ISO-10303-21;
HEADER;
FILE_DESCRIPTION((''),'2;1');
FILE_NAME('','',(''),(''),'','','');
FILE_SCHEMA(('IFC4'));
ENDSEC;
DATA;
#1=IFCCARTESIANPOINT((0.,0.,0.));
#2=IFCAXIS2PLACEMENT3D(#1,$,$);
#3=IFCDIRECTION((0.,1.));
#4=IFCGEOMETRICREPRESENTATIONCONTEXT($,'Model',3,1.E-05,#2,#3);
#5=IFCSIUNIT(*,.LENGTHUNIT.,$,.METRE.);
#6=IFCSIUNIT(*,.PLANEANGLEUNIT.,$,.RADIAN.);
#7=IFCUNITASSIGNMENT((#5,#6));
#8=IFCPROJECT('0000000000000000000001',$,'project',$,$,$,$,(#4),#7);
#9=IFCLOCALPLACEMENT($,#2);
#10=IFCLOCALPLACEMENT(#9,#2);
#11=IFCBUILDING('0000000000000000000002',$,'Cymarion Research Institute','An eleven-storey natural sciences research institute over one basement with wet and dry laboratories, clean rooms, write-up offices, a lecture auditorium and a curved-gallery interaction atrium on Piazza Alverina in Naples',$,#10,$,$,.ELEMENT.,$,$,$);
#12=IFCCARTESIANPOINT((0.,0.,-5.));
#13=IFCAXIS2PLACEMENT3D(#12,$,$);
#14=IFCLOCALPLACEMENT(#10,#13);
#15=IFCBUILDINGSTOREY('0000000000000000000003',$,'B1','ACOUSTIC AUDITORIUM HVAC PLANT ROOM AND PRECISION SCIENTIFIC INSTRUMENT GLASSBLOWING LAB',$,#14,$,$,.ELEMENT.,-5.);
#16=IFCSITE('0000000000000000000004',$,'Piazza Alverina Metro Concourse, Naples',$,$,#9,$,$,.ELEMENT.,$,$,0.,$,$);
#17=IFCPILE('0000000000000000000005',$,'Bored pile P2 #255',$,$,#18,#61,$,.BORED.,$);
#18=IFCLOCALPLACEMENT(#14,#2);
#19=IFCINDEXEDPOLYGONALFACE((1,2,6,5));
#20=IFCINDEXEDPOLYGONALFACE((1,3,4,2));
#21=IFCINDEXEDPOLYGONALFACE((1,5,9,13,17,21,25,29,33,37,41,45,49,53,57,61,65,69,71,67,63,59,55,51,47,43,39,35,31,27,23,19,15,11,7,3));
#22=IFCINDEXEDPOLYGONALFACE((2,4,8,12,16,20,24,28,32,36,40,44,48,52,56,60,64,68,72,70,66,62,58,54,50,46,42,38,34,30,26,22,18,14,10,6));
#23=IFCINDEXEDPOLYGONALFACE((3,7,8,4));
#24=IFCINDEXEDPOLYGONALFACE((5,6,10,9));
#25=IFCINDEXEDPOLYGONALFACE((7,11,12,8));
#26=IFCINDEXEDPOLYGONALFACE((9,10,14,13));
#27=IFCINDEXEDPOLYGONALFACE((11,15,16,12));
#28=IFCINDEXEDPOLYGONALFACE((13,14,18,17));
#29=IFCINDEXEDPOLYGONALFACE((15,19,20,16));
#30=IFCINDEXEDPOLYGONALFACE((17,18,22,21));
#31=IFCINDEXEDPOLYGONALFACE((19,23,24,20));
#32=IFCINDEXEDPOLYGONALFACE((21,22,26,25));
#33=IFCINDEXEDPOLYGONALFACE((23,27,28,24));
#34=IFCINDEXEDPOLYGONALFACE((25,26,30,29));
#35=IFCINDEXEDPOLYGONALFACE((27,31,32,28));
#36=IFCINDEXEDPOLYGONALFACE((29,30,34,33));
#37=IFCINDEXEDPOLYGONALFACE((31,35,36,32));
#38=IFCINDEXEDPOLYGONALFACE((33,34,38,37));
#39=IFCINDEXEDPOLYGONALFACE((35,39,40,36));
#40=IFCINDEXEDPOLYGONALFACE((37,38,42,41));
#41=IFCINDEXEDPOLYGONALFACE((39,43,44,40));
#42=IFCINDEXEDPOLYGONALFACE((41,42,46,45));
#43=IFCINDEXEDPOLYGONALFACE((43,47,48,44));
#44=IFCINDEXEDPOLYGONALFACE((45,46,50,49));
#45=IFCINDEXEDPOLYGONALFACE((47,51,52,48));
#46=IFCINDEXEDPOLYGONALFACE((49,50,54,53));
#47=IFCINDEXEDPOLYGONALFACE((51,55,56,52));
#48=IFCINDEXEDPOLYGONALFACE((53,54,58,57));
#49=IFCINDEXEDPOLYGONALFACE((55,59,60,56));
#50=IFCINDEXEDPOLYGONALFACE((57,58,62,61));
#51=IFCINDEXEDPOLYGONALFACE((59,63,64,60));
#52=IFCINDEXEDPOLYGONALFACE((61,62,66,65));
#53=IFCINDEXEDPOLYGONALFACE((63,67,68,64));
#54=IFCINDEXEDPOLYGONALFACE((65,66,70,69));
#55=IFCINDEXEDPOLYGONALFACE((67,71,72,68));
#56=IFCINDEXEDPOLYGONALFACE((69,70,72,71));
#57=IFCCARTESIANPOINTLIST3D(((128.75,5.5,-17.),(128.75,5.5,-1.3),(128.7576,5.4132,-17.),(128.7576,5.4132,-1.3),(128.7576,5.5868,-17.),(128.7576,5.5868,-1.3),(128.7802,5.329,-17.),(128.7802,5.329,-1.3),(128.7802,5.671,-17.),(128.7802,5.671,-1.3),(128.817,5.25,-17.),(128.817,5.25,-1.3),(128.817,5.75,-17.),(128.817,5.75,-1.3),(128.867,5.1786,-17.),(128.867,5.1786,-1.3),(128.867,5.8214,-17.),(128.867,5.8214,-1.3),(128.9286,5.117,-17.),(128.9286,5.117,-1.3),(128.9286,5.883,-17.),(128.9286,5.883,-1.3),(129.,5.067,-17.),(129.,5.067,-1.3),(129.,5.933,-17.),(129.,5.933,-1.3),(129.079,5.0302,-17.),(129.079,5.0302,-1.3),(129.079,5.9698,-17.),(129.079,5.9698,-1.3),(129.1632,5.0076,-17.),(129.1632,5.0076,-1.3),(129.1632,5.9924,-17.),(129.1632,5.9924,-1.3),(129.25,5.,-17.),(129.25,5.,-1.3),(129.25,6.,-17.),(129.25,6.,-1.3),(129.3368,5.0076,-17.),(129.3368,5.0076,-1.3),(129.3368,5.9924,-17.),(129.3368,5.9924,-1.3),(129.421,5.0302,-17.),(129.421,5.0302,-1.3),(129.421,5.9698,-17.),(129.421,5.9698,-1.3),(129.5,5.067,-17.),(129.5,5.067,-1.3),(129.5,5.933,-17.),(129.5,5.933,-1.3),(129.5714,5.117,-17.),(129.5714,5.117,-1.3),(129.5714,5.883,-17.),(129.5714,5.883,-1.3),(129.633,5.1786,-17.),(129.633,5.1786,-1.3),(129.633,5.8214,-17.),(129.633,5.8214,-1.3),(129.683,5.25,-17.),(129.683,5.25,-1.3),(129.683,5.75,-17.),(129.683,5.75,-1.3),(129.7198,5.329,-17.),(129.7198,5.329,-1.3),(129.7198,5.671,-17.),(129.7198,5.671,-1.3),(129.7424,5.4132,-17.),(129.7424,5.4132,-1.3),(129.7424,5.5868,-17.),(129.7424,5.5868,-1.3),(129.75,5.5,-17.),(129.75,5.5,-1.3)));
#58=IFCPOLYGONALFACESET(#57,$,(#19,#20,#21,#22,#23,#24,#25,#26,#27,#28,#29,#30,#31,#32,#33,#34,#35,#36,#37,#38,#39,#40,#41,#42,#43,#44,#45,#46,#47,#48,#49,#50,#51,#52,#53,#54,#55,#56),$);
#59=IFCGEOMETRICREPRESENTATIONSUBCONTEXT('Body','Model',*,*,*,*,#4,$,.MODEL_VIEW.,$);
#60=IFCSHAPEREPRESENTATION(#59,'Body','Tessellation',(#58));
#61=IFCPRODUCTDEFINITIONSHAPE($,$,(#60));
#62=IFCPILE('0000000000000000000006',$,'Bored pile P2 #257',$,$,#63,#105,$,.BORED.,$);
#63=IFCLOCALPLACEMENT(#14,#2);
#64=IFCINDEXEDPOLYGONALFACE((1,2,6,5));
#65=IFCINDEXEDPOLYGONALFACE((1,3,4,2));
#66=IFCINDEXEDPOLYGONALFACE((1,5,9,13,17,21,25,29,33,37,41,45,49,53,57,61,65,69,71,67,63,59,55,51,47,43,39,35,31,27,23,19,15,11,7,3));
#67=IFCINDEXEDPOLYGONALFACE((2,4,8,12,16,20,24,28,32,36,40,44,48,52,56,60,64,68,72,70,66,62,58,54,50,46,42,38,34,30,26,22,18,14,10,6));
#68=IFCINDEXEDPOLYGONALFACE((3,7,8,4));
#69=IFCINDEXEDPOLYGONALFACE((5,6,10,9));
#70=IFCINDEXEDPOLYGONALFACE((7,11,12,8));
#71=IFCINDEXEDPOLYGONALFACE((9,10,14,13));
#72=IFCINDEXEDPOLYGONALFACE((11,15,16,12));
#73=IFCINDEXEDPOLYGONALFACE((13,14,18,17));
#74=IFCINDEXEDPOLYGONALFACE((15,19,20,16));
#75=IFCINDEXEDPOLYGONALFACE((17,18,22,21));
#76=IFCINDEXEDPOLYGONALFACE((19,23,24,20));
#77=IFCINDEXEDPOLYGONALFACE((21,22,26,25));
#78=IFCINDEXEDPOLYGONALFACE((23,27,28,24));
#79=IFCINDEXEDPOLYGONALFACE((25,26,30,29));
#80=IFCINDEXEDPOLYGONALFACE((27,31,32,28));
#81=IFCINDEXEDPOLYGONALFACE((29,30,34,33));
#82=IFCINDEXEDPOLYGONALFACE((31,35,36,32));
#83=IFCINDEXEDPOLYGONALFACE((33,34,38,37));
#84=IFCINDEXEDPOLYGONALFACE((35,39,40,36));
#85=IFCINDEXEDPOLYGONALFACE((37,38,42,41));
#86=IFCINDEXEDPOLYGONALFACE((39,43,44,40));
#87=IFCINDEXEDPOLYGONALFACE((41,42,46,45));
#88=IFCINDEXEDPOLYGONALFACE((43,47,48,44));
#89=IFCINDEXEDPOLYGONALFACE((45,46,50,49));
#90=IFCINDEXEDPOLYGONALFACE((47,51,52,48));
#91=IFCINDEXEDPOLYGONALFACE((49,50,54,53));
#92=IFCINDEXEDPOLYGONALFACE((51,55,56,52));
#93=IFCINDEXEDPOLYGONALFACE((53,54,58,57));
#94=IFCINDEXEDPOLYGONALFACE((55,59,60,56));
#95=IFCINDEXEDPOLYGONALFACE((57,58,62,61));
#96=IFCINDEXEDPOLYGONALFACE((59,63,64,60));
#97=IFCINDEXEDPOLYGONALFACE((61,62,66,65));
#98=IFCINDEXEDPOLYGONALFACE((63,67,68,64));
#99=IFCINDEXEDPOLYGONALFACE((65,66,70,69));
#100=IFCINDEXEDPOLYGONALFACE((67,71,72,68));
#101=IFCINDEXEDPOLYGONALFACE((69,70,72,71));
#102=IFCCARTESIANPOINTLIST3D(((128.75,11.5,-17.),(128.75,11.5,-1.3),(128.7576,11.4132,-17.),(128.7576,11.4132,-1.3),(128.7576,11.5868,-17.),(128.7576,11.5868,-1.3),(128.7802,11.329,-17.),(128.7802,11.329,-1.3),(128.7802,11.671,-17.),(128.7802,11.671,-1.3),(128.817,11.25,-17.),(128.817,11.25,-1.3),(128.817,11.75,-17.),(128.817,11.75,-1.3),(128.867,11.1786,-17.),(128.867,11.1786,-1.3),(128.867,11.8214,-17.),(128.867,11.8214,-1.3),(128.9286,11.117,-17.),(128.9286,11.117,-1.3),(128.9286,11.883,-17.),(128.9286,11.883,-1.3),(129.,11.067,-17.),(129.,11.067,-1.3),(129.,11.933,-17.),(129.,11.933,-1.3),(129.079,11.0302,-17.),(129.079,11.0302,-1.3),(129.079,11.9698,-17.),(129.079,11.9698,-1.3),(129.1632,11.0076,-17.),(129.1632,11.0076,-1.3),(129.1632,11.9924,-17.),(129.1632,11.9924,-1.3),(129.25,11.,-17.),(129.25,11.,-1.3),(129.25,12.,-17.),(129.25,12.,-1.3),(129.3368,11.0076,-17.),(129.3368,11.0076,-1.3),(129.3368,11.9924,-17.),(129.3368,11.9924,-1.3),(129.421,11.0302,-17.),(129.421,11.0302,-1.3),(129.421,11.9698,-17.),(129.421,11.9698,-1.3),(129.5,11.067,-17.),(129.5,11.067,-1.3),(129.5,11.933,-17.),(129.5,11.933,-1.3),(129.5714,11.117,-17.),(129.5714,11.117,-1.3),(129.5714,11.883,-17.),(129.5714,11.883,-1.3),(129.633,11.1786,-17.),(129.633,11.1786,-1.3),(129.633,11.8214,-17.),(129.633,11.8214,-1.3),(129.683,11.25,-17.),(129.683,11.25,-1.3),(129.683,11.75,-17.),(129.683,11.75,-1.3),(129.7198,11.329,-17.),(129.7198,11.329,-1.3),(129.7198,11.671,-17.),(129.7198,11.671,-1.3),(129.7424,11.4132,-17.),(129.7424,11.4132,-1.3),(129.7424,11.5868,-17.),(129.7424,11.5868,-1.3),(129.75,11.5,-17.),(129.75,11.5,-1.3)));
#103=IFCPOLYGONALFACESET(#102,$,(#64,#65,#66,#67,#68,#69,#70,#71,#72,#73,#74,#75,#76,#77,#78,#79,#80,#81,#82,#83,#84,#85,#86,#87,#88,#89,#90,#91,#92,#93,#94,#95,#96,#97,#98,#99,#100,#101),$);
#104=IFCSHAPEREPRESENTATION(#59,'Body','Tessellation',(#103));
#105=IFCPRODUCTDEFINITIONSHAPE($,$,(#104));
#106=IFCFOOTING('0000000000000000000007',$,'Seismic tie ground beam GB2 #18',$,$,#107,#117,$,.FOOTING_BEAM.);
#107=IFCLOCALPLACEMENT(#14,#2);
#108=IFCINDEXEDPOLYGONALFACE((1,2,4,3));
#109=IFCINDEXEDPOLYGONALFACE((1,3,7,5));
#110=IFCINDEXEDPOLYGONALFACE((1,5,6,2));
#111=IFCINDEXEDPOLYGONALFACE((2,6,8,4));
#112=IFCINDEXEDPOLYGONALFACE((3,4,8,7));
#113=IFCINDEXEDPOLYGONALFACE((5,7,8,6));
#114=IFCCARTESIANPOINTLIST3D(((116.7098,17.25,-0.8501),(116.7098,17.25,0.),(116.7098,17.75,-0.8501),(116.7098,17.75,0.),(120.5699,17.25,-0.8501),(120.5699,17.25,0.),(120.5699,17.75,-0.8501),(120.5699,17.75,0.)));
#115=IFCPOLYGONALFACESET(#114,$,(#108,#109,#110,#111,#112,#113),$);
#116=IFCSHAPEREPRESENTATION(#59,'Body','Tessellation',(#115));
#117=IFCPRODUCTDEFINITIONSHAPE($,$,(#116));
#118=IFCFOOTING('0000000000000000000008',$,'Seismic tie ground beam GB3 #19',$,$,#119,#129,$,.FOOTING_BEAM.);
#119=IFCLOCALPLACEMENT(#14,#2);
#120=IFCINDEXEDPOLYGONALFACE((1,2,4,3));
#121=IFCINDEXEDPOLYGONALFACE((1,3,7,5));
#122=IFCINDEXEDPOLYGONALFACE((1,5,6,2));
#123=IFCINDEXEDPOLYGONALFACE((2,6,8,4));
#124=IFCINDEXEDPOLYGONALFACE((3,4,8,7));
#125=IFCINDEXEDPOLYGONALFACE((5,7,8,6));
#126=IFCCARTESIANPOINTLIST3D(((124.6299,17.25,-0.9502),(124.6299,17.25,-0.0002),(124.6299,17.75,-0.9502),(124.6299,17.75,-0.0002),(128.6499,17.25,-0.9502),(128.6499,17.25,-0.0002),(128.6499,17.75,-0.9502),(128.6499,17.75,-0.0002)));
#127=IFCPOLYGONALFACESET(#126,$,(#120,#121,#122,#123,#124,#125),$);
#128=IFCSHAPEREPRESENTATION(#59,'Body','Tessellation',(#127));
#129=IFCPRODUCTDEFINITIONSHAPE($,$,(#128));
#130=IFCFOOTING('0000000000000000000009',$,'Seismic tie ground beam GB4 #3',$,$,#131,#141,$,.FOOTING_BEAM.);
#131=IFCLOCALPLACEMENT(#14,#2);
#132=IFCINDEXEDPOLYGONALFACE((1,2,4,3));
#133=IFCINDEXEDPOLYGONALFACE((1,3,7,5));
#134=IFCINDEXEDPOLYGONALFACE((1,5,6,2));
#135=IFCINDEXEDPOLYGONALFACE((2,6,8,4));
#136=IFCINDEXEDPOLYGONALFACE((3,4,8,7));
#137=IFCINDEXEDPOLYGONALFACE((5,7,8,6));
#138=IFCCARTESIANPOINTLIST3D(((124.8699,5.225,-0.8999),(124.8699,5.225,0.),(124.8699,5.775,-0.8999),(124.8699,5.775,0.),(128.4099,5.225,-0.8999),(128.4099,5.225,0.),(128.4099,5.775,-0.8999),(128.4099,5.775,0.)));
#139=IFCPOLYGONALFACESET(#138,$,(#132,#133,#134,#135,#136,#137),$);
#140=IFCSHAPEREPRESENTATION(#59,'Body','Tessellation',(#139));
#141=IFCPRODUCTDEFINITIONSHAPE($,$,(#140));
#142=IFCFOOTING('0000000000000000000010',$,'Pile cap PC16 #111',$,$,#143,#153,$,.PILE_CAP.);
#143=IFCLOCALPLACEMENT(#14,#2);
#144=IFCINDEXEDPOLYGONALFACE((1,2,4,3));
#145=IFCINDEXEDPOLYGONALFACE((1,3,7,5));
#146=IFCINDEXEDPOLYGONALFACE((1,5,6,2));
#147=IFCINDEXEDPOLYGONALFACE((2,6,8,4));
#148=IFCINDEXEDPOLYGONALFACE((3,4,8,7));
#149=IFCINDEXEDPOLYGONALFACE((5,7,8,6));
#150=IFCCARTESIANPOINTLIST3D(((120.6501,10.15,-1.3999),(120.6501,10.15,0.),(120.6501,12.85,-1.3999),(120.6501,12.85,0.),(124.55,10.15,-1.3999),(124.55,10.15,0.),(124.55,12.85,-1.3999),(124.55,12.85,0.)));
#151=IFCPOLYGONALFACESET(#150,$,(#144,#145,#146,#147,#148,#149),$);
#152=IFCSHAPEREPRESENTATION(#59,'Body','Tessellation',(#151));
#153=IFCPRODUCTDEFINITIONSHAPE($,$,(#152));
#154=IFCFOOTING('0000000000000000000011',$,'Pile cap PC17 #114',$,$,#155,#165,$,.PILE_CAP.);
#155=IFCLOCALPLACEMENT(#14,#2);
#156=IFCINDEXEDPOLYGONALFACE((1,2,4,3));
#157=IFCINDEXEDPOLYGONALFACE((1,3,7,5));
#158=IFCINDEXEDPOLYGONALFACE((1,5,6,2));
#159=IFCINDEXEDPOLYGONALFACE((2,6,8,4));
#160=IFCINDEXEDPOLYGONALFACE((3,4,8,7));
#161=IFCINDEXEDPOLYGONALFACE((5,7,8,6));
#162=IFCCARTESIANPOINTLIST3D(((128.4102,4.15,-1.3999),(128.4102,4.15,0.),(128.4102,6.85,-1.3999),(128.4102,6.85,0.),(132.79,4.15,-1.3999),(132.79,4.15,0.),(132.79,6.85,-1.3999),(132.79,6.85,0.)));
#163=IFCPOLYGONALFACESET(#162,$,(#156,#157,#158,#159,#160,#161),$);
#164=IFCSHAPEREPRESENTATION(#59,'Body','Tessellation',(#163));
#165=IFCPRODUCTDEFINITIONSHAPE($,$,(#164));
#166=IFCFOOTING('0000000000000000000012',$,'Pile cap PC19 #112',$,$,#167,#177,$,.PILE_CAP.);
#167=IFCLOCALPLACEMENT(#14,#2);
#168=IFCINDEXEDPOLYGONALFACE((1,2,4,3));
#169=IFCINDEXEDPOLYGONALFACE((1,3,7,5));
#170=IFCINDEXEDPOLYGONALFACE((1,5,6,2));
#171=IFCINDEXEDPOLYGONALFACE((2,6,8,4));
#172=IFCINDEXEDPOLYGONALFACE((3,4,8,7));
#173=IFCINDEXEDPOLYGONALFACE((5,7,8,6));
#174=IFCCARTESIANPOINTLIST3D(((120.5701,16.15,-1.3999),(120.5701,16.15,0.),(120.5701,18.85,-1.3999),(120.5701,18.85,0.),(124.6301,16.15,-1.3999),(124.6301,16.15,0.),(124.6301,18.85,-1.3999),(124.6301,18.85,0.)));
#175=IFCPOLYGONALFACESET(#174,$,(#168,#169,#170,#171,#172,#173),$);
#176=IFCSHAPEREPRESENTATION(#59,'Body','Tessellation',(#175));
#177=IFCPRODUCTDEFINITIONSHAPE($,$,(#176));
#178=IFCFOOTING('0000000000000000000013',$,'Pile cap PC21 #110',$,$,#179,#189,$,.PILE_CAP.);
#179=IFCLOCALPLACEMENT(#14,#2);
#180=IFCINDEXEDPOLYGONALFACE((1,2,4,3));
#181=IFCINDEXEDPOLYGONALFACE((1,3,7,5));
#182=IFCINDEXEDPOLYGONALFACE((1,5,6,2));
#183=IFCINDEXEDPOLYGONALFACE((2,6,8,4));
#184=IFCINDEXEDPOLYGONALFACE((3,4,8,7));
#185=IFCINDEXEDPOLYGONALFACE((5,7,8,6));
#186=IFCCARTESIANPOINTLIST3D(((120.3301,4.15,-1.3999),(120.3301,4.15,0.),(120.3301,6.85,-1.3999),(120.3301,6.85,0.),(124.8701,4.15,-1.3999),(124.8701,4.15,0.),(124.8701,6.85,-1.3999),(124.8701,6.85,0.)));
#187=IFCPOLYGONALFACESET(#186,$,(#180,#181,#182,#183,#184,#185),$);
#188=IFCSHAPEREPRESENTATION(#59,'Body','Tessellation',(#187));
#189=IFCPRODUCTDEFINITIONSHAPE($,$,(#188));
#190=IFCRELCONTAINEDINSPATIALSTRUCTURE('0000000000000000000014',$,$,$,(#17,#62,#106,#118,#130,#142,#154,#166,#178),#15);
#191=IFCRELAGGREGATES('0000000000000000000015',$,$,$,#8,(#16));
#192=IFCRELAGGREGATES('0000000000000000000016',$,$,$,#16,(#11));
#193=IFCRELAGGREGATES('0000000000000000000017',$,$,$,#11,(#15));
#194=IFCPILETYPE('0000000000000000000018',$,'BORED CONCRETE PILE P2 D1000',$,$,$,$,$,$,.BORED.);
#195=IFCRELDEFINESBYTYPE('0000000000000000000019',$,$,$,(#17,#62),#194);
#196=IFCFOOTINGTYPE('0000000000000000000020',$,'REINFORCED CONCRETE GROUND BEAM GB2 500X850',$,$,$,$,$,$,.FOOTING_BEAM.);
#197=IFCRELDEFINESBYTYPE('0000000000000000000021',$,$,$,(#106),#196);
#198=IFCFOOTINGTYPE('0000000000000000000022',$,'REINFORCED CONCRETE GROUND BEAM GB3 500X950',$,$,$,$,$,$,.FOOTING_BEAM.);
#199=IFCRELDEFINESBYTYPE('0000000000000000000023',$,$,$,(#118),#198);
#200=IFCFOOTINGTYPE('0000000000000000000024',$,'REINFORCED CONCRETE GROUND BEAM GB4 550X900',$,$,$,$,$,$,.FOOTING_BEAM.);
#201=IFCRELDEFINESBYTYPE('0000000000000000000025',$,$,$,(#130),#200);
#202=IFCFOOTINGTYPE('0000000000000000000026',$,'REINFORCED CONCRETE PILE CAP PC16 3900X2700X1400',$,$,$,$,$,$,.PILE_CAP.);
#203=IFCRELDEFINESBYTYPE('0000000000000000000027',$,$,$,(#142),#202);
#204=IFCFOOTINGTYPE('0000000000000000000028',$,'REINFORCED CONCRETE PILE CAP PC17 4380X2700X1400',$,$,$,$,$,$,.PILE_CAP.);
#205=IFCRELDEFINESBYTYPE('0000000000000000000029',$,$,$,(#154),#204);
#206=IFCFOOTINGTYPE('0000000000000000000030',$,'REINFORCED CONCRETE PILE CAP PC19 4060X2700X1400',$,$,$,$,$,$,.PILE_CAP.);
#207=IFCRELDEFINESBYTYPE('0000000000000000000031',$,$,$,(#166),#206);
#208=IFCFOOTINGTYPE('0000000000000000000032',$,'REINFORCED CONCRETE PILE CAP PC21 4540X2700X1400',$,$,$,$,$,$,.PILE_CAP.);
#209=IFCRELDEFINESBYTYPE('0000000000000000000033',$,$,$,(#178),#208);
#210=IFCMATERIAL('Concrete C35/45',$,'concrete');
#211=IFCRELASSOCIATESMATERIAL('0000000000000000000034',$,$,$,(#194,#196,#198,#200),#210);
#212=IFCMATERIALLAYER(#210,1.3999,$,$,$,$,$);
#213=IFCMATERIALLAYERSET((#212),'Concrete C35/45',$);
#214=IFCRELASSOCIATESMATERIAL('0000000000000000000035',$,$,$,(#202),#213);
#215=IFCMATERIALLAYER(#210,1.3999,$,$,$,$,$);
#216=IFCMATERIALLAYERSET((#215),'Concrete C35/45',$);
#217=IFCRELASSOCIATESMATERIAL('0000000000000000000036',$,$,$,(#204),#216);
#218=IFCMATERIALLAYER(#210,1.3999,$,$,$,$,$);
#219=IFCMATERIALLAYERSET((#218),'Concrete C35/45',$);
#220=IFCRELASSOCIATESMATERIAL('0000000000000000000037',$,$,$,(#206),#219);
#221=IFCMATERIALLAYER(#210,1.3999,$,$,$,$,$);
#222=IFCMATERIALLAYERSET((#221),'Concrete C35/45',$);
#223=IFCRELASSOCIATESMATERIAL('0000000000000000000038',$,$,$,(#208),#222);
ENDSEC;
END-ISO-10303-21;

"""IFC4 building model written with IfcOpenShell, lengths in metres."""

from ifc_helpers import new_model, si_unit, direction, frame, origin, origin_2d, place, context, subcontext, project, spatial, rectangle, circle, extrude, material, layer, layer_set, material_profile, profile_set, type_object, element, save


model = new_model("IFC4")

# Units and contexts
model_context = context("Model", 3, precision=1e-05, world=origin(), true_north=direction((0.0, 1.0)))
body_context = subcontext(model_context, "Body", "Model", "MODEL_VIEW")
ifc_project = project(units=[si_unit("LENGTHUNIT", "METRE"), si_unit("PLANEANGLEUNIT", "RADIAN")], contexts=[model_context])

# Site, building, storey
site_placement = place(None, origin())
site = spatial("IfcSite", under=ifc_project, at=site_placement, Name="Piazza Alverina Metro Concourse, Naples", CompositionType="ELEMENT", RefElevation=0.0)
building_placement = place(site_placement, origin())
building = spatial("IfcBuilding", under=site, at=building_placement, Name="Cymarion Research Institute", Description="An eleven-storey natural sciences research institute over one basement with wet and dry laboratories, clean rooms, write-up offices, a lecture auditorium and a curved-gallery interaction atrium on Piazza Alverina in Naples", CompositionType="ELEMENT")
storey_placement = place(building_placement, frame((0.0, 0.0, -5.0)))
storey = spatial("IfcBuildingStorey", under=building, at=storey_placement, Name="B1", Description="ACOUSTIC AUDITORIUM HVAC PLANT ROOM AND PRECISION SCIENTIFIC INSTRUMENT GLASSBLOWING LAB", CompositionType="ELEMENT", Elevation=-5.0)

# Piles
ifc_material_1 = material(Name="Concrete C35/45", Category="concrete")
ifc_material_profile_1 = material_profile(ifc_material_1, circle(Radius=0.5, at=origin_2d()), Name="BORED PILE D1000")
ifc_profile_set_1 = profile_set([ifc_material_profile_1], Name="Concrete C35/45")
pile_type = type_object("IfcPileType", Name="BORED CONCRETE PILE P2 D1000", PredefinedType="BORED", material=ifc_profile_set_1)
for number, where, z_axis, x_axis, name in (
    (1, (129.25, 5.5, -1.3), (0.0, 0.0, -1.0), (1.0, 0.0, 0.0), "Bored pile P2 #255"),
    (2, (129.25, 11.5, -1.3), (0.0, 0.0, -1.0), (1.0, 0.0, 0.0), "Bored pile P2 #257"),
):
    element("IfcPile", number, at=place(storey_placement, frame(where, z_axis=z_axis, x_axis=x_axis)), inside=storey, type_object=pile_type, Name=name, PredefinedType="BORED", context=body_context, shape_type="SweptSolid", body=[
        extrude(circle(Radius=0.5, at=origin_2d()), origin(), (0.0, 0.0, 1.0), 15.7),
    ])

# Footings
footing_type_1 = type_object("IfcFootingType", Name="REINFORCED CONCRETE GROUND BEAM GB2 500X850", PredefinedType="FOOTING_BEAM", material=ifc_material_1)
footing_1_placement = place(storey_placement, frame((118.6399, 17.5, -0.8501), z_axis=(0.0, 0.0, 1.0), x_axis=(1.0, 0.0, 0.0)))
element("IfcFooting", 3, at=footing_1_placement, inside=storey, type_object=footing_type_1, Name="Seismic tie ground beam GB2 #18", PredefinedType="FOOTING_BEAM", context=body_context, shape_type="SweptSolid", body=[
    extrude(rectangle(XDim=3.8601, YDim=0.5, at=origin_2d()), origin(), (0.0, 0.0, 1.0), 0.8501),
])
footing_type_2 = type_object("IfcFootingType", Name="REINFORCED CONCRETE GROUND BEAM GB3 500X950", PredefinedType="FOOTING_BEAM", material=ifc_material_1)
footing_2_placement = place(storey_placement, frame((126.6399, 17.5, -0.9502), z_axis=(0.0, 0.0, 1.0), x_axis=(1.0, 0.0, 0.0)))
element("IfcFooting", 4, at=footing_2_placement, inside=storey, type_object=footing_type_2, Name="Seismic tie ground beam GB3 #19", PredefinedType="FOOTING_BEAM", context=body_context, shape_type="SweptSolid", body=[
    extrude(rectangle(XDim=4.02, YDim=0.5, at=origin_2d()), origin(), (0.0, 0.0, 1.0), 0.95),
])
footing_type_3 = type_object("IfcFootingType", Name="REINFORCED CONCRETE GROUND BEAM GB4 550X900", PredefinedType="FOOTING_BEAM", material=ifc_material_1)
footing_3_placement = place(storey_placement, frame((126.6399, 5.5, -0.8999), z_axis=(0.0, 0.0, 1.0), x_axis=(1.0, 0.0, 0.0)))
element("IfcFooting", 5, at=footing_3_placement, inside=storey, type_object=footing_type_3, Name="Seismic tie ground beam GB4 #3", PredefinedType="FOOTING_BEAM", context=body_context, shape_type="SweptSolid", body=[
    extrude(rectangle(XDim=3.54, YDim=0.55, at=origin_2d()), origin(), (0.0, 0.0, 1.0), 0.8999),
])
ifc_layer_1 = layer(ifc_material_1, 1.3999)
ifc_layer_set_1 = layer_set([ifc_layer_1], Name="Concrete C35/45")
footing_type_4 = type_object("IfcFootingType", Name="REINFORCED CONCRETE PILE CAP PC16 3900X2700X1400", PredefinedType="PILE_CAP", material=ifc_layer_set_1)
footing_4_placement = place(storey_placement, frame((122.6001, 11.5, -1.3999), z_axis=(0.0, 0.0, 1.0), x_axis=(1.0, 0.0, 0.0)))
element("IfcFooting", 6, at=footing_4_placement, inside=storey, type_object=footing_type_4, Name="Pile cap PC16 #111", PredefinedType="PILE_CAP", context=body_context, shape_type="SweptSolid", body=[
    extrude(rectangle(XDim=3.8999, YDim=2.7, at=origin_2d()), origin(), (0.0, 0.0, 1.0), 1.3999),
])
ifc_layer_2 = layer(ifc_material_1, 1.3999)
ifc_layer_set_2 = layer_set([ifc_layer_2], Name="Concrete C35/45")
footing_type_5 = type_object("IfcFootingType", Name="REINFORCED CONCRETE PILE CAP PC17 4380X2700X1400", PredefinedType="PILE_CAP", material=ifc_layer_set_2)
footing_5_placement = place(storey_placement, frame((130.6001, 5.5, -1.3999), z_axis=(0.0, 0.0, 1.0), x_axis=(1.0, 0.0, 0.0)))
element("IfcFooting", 7, at=footing_5_placement, inside=storey, type_object=footing_type_5, Name="Pile cap PC17 #114", PredefinedType="PILE_CAP", context=body_context, shape_type="SweptSolid", body=[
    extrude(rectangle(XDim=4.3799, YDim=2.7, at=origin_2d()), origin(), (0.0, 0.0, 1.0), 1.3999),
])
ifc_layer_3 = layer(ifc_material_1, 1.3999)
ifc_layer_set_3 = layer_set([ifc_layer_3], Name="Concrete C35/45")
footing_type_6 = type_object("IfcFootingType", Name="REINFORCED CONCRETE PILE CAP PC19 4060X2700X1400", PredefinedType="PILE_CAP", material=ifc_layer_set_3)
footing_6_placement = place(storey_placement, frame((122.6001, 17.5, -1.3999), z_axis=(0.0, 0.0, 1.0), x_axis=(1.0, 0.0, 0.0)))
element("IfcFooting", 8, at=footing_6_placement, inside=storey, type_object=footing_type_6, Name="Pile cap PC19 #112", PredefinedType="PILE_CAP", context=body_context, shape_type="SweptSolid", body=[
    extrude(rectangle(XDim=4.0601, YDim=2.7, at=origin_2d()), origin(), (0.0, 0.0, 1.0), 1.3999),
])
ifc_layer_4 = layer(ifc_material_1, 1.3999)
ifc_layer_set_4 = layer_set([ifc_layer_4], Name="Concrete C35/45")
footing_type_7 = type_object("IfcFootingType", Name="REINFORCED CONCRETE PILE CAP PC21 4540X2700X1400", PredefinedType="PILE_CAP", material=ifc_layer_set_4)
footing_7_placement = place(storey_placement, frame((122.6001, 5.5, -1.3999), z_axis=(0.0, 0.0, 1.0), x_axis=(1.0, 0.0, 0.0)))
element("IfcFooting", 9, at=footing_7_placement, inside=storey, type_object=footing_type_7, Name="Pile cap PC21 #110", PredefinedType="PILE_CAP", context=body_context, shape_type="SweptSolid", body=[
    extrude(rectangle(XDim=4.54, YDim=2.7, at=origin_2d()), origin(), (0.0, 0.0, 1.0), 1.3999),
])

save(model, "model.ifc")
